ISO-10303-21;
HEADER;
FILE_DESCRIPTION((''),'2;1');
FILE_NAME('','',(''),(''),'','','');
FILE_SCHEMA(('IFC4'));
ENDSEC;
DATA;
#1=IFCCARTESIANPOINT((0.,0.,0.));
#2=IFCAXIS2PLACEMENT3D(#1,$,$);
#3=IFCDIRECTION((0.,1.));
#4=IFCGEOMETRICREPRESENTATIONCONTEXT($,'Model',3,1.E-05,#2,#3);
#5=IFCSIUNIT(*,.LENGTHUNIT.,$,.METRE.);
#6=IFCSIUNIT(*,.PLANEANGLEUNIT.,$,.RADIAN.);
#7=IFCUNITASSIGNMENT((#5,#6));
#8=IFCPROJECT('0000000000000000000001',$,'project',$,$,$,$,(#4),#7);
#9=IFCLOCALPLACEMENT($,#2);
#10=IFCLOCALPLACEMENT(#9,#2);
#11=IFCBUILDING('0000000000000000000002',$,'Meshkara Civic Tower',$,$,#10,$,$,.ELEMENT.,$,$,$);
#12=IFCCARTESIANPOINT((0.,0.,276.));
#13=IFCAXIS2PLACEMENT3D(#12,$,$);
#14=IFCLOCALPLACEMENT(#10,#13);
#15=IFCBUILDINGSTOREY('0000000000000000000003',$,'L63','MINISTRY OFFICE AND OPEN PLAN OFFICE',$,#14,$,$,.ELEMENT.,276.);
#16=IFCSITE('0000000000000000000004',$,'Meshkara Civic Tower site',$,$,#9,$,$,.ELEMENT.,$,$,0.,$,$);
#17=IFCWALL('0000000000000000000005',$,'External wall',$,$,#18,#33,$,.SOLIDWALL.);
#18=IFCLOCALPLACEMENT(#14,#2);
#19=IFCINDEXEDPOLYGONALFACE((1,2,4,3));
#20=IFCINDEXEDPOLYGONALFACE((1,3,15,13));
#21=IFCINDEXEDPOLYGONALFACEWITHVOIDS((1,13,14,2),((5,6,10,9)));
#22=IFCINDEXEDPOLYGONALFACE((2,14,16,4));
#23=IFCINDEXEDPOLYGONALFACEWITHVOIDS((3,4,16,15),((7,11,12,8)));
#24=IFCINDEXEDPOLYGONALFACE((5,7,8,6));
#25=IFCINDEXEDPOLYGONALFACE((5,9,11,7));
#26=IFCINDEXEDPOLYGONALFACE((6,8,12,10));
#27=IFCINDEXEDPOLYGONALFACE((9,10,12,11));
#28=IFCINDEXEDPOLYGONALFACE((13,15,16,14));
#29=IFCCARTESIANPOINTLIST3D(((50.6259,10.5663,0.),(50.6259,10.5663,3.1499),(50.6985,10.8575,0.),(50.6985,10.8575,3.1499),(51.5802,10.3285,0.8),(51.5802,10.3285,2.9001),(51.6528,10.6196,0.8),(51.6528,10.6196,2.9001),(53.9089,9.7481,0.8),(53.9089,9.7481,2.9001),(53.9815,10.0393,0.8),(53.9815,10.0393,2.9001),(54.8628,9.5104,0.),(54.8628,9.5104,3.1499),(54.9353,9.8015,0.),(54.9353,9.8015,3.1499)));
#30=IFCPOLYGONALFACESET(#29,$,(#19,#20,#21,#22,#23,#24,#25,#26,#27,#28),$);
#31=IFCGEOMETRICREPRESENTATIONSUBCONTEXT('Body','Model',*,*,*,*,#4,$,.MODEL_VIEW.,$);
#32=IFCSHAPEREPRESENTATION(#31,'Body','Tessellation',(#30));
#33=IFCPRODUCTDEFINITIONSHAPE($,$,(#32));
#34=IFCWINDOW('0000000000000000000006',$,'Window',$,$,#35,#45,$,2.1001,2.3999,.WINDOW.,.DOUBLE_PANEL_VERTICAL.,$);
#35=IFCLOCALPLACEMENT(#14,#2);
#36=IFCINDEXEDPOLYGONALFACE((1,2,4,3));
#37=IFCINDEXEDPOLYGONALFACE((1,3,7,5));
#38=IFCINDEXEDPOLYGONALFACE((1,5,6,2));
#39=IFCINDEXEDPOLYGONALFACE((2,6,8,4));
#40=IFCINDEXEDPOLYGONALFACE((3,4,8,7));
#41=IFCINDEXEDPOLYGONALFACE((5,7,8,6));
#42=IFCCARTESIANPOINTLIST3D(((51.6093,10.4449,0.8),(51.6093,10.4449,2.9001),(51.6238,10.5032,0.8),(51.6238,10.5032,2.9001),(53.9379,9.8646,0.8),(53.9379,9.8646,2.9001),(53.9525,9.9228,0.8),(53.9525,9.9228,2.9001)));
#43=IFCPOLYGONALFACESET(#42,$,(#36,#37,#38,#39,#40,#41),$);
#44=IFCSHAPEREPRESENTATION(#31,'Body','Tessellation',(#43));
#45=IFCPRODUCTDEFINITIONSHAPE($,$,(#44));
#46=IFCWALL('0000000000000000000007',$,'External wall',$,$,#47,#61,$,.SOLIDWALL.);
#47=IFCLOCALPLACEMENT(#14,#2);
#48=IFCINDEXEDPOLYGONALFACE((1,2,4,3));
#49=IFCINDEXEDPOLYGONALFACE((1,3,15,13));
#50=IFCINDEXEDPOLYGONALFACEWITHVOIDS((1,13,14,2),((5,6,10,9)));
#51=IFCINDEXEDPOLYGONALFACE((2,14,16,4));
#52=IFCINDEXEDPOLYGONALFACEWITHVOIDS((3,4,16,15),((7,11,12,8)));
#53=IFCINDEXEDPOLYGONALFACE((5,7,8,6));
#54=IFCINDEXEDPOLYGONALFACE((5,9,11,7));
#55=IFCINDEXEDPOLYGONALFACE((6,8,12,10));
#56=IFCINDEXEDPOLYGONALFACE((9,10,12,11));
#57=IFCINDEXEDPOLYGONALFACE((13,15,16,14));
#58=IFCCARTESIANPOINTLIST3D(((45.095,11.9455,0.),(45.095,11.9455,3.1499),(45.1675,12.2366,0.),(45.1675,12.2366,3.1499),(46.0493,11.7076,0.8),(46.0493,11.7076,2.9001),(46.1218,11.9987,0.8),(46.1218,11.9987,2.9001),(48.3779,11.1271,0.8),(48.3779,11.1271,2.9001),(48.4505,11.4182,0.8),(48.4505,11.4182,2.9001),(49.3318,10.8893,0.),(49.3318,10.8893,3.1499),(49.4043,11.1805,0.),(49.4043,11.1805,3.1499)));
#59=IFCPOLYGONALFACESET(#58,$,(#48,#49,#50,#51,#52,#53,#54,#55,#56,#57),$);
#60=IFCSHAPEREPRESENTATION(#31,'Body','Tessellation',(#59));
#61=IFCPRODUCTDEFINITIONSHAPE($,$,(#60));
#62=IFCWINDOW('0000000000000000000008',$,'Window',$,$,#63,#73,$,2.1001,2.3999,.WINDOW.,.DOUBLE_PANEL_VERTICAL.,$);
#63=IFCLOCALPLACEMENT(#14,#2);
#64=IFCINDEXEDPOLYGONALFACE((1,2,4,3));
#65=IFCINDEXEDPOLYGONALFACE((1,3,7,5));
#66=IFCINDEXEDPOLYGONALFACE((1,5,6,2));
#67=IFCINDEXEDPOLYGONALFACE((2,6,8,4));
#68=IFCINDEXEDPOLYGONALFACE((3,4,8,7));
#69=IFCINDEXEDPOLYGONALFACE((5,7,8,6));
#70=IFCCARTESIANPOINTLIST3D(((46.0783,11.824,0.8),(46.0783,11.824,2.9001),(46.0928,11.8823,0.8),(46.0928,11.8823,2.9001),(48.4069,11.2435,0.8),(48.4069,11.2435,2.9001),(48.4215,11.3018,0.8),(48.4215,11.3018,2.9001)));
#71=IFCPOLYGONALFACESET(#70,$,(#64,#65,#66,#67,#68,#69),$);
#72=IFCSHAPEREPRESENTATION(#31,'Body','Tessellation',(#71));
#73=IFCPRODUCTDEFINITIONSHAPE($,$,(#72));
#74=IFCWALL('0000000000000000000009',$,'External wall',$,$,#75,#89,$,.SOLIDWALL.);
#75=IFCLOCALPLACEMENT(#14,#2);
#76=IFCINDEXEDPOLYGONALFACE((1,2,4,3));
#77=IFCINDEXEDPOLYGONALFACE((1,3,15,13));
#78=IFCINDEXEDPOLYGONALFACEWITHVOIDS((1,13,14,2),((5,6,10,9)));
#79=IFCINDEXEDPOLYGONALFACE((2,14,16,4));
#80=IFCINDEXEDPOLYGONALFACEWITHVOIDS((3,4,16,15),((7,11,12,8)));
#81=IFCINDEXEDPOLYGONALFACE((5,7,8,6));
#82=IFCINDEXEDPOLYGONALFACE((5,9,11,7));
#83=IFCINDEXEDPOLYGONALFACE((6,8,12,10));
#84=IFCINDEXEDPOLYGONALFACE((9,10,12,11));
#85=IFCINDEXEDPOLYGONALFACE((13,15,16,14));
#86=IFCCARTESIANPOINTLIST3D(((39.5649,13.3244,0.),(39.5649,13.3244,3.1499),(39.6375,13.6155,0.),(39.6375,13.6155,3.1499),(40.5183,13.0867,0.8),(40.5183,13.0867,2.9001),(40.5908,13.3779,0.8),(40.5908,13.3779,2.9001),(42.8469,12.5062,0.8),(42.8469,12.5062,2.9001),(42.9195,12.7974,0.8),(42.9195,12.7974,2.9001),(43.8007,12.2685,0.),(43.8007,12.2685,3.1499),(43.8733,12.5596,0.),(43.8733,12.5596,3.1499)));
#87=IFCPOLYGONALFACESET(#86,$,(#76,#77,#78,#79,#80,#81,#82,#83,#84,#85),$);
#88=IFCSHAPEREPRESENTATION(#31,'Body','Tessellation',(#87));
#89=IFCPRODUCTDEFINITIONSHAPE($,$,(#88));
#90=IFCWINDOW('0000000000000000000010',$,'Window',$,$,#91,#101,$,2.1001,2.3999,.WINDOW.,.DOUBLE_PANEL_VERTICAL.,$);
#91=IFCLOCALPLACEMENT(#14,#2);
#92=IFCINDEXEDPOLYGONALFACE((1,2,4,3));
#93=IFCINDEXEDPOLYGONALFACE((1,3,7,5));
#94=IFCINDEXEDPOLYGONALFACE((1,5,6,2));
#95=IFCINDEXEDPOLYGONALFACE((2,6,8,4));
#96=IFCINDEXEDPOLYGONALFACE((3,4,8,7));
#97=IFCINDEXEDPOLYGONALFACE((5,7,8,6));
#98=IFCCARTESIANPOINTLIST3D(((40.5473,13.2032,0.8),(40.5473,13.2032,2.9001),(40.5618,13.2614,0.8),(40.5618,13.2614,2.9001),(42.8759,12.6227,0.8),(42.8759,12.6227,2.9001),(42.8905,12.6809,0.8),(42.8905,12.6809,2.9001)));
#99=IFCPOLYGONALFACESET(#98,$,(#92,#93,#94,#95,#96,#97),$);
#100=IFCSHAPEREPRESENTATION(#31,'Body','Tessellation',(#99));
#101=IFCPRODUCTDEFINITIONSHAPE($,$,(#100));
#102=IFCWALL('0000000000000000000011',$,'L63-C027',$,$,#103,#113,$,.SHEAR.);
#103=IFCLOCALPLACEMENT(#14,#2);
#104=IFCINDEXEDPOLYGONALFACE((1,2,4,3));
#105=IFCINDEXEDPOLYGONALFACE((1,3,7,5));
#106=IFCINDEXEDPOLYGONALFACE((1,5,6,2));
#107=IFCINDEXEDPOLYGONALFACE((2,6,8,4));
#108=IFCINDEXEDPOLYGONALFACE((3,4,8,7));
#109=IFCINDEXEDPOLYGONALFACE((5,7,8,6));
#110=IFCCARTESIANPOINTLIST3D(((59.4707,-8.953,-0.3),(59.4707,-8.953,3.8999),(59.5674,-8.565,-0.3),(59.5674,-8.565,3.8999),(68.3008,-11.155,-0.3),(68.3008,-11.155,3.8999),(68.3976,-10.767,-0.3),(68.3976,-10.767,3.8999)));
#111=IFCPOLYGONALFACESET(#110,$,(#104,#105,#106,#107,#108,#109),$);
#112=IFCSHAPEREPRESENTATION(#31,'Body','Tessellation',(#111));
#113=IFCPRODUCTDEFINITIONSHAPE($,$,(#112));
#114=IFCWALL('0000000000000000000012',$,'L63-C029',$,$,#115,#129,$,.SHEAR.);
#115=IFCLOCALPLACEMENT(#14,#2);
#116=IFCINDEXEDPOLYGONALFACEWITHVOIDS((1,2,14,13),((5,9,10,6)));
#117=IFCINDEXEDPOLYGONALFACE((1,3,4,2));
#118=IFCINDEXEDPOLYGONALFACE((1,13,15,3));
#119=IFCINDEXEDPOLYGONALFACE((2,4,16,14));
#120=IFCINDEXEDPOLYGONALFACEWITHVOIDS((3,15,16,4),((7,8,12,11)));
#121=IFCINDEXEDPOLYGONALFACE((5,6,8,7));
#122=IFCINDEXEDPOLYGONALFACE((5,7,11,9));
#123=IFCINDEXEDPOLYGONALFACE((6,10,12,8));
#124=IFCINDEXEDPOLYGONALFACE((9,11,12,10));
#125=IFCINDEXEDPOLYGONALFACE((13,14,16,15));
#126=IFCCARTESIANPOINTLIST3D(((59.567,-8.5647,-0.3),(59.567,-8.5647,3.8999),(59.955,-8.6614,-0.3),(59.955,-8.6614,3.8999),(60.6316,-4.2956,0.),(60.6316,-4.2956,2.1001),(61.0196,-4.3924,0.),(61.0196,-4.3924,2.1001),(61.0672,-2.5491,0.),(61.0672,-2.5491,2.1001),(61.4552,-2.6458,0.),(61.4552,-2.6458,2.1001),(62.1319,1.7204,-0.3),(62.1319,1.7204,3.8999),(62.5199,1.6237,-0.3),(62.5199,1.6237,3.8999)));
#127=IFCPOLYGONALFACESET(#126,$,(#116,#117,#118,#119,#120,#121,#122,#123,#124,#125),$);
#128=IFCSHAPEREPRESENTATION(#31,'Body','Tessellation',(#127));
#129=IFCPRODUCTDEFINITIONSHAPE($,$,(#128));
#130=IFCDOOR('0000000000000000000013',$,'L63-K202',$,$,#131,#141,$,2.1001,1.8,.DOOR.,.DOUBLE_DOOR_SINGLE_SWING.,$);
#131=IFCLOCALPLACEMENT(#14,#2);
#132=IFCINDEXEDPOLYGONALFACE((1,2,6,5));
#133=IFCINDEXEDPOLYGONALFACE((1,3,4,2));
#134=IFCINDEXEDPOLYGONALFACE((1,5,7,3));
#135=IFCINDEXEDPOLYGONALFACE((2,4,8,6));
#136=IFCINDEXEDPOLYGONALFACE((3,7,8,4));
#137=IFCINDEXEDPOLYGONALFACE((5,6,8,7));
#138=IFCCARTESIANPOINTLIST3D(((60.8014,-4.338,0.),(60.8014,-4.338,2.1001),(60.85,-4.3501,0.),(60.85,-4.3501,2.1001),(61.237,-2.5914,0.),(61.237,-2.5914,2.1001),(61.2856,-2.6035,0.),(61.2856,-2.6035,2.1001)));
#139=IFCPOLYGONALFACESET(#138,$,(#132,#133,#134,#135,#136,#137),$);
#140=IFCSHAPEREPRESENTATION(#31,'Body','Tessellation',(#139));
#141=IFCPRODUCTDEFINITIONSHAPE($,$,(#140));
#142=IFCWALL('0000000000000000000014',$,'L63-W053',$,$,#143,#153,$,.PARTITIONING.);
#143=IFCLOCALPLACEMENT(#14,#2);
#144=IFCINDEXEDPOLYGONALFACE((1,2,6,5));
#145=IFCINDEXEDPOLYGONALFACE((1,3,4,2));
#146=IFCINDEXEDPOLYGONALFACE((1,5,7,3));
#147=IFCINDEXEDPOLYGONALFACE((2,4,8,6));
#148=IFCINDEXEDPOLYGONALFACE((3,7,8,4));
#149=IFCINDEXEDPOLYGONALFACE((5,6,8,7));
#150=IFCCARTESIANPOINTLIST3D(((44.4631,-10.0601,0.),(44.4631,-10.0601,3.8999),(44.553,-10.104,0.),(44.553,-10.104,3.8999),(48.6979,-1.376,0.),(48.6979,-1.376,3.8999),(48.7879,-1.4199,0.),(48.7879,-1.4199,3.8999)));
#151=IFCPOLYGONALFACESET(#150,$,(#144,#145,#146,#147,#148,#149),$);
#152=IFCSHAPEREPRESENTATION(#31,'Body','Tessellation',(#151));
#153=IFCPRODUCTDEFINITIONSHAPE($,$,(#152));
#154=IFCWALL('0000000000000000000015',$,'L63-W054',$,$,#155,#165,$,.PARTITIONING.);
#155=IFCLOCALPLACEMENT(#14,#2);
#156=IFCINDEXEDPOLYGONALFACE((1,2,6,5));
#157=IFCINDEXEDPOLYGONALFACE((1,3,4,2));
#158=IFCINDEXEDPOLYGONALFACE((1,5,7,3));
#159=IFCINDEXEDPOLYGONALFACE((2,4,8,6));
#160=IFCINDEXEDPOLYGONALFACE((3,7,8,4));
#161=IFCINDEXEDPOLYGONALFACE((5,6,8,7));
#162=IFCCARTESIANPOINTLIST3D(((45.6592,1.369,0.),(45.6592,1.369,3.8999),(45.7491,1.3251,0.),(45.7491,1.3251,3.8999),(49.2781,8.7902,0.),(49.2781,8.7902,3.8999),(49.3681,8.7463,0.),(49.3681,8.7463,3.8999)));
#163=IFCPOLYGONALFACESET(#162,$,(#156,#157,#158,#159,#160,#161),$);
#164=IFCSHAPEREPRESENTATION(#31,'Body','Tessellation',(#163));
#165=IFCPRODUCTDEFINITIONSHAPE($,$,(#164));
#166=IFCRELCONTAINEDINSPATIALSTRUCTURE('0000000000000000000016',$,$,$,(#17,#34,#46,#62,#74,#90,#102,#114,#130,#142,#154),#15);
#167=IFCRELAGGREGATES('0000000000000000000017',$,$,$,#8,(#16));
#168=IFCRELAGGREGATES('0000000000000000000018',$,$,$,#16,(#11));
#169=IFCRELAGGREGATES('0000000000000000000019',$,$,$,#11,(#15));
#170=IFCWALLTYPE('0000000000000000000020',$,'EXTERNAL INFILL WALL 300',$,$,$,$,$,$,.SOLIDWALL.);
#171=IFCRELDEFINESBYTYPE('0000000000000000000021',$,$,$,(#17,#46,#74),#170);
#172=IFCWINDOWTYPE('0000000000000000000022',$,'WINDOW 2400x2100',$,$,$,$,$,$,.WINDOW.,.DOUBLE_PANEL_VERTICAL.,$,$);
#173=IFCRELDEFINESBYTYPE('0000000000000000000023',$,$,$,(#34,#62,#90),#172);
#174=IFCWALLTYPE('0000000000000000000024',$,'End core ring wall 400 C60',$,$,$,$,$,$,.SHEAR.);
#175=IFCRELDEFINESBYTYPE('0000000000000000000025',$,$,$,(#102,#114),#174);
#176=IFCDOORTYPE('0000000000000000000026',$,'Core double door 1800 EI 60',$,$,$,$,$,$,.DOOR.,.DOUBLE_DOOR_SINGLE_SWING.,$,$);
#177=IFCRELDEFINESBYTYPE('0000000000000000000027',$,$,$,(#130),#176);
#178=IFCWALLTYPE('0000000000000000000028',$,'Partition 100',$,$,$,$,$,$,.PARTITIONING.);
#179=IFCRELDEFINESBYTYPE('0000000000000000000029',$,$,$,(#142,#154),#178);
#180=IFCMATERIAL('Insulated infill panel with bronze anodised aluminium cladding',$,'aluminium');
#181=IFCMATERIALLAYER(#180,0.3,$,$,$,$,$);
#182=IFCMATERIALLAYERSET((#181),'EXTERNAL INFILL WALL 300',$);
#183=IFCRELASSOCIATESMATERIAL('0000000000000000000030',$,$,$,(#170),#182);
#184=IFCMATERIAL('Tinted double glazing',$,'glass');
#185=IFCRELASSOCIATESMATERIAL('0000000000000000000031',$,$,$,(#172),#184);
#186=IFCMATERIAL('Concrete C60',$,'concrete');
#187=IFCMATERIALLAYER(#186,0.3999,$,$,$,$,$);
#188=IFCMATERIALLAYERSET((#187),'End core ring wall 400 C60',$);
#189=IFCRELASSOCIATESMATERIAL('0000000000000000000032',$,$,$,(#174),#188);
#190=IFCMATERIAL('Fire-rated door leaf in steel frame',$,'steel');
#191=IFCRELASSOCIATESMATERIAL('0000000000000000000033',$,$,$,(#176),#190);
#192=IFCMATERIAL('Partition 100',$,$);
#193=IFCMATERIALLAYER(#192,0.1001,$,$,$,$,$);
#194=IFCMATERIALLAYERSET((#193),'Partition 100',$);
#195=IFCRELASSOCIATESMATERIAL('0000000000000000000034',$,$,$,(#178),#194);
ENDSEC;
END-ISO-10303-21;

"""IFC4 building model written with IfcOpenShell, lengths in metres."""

from ifc_helpers import new_model, si_unit, direction, frame, frame_2d, origin, place, context, subcontext, project, spatial, rectangle, extrude, material, layer, layer_set, type_object, element, fill, save


model = new_model("IFC4")

# Units and contexts
model_context = context("Model", 3, precision=1e-05, world=origin(), true_north=direction((0.0, 1.0)))
body_context = subcontext(model_context, "Body", "Model", "MODEL_VIEW")
ifc_project = project(units=[si_unit("LENGTHUNIT", "METRE"), si_unit("PLANEANGLEUNIT", "RADIAN")], contexts=[model_context])

# Site, building, storey
site_placement = place(None, origin())
site = spatial("IfcSite", under=ifc_project, at=site_placement, Name="Meshkara Civic Tower site", CompositionType="ELEMENT", RefElevation=0.0)
building_placement = place(site_placement, origin())
building = spatial("IfcBuilding", under=site, at=building_placement, Name="Meshkara Civic Tower", CompositionType="ELEMENT")
storey_placement = place(building_placement, frame((0.0, 0.0, 276.0)))
storey = spatial("IfcBuildingStorey", under=building, at=storey_placement, Name="L63", Description="MINISTRY OFFICE AND OPEN PLAN OFFICE", CompositionType="ELEMENT", Elevation=276.0)

# Walls, openings, windows
ifc_material_1 = material(Name="Insulated infill panel with bronze anodised aluminium cladding", Category="aluminium")
ifc_layer_1 = layer(ifc_material_1, 0.3)
ifc_layer_set_1 = layer_set([ifc_layer_1], Name="EXTERNAL INFILL WALL 300")
wall_type_1 = type_object("IfcWallType", Name="EXTERNAL INFILL WALL 300", PredefinedType="SOLIDWALL", material=ifc_layer_set_1)
wall_1_placement = place(storey_placement, frame((54.8989, 9.656, 0.0), z_axis=(0.0, 0.0, 1.0), x_axis=(-0.97032, 0.241825, 0.0)))
wall_1 = element("IfcWall", 1, at=wall_1_placement, inside=storey, type_object=wall_type_1, Name="External wall", PredefinedType="SOLIDWALL", context=body_context, shape_type="SweptSolid", body=[
    extrude(rectangle(XDim=4.3665, YDim=0.3, at=frame_2d((2.1831, 0.0))), origin(), (0.0, 0.0, 1.0), 3.1499),
])
opening_1_placement = place(wall_1_placement, frame((0.9829, 0.0, 0.8)))
opening_1 = element("IfcOpeningElement", 2, at=opening_1_placement, cuts=wall_1, PredefinedType="OPENING", context=body_context, shape_type="SweptSolid", body=[
    extrude(rectangle(XDim=2.3999, YDim=2.1001, at=frame_2d((1.2, 1.05))), frame((0.0, 0.1599, 0.0), z_axis=(0.0, -1.0, 0.0), x_axis=(1.0, 0.0, 0.0)), (0.0, 0.0, 1.0), 0.3201),
])
ifc_material_2 = material(Name="Tinted double glazing", Category="glass")
window_type = type_object("IfcWindowType", Name="WINDOW 2400x2100", PartitioningType="DOUBLE_PANEL_VERTICAL", PredefinedType="WINDOW", material=ifc_material_2)
window_1_placement = place(opening_1_placement, origin())
window_1 = element("IfcWindow", 3, at=window_1_placement, inside=storey, type_object=window_type, Name="Window", OverallHeight=2.1001, OverallWidth=2.3999, PartitioningType="DOUBLE_PANEL_VERTICAL", PredefinedType="WINDOW", context=body_context, shape_type="SweptSolid", body=[
    extrude(rectangle(XDim=2.3999, YDim=2.1001, at=frame_2d((1.2, 1.05))), frame((0.0, 0.03, 0.0), z_axis=(0.0, -1.0, 0.0), x_axis=(1.0, 0.0, 0.0)), (0.0, 0.0, 1.0), 0.0601),
])
fill(opening_1, window_1)
wall_2_placement = place(storey_placement, frame((49.3679, 11.0349, 0.0), z_axis=(0.0, 0.0, 1.0), x_axis=(-0.970307, 0.241878, 0.0)))
wall_2 = element("IfcWall", 4, at=wall_2_placement, inside=storey, type_object=wall_type_1, Name="External wall", PredefinedType="SOLIDWALL", context=body_context, shape_type="SweptSolid", body=[
    extrude(rectangle(XDim=4.3665, YDim=0.3, at=frame_2d((2.1831, 0.0))), origin(), (0.0, 0.0, 1.0), 3.1499),
])
opening_2_placement = place(wall_2_placement, frame((0.9829, 0.0, 0.8)))
opening_2 = element("IfcOpeningElement", 5, at=opening_2_placement, cuts=wall_2, PredefinedType="OPENING", context=body_context, shape_type="SweptSolid", body=[
    extrude(rectangle(XDim=2.3999, YDim=2.1001, at=frame_2d((1.2, 1.05))), frame((0.0, 0.1599, 0.0), z_axis=(0.0, -1.0, 0.0), x_axis=(1.0, 0.0, 0.0)), (0.0, 0.0, 1.0), 0.3201),
])
window_2_placement = place(opening_2_placement, origin())
window_2 = element("IfcWindow", 6, at=window_2_placement, inside=storey, type_object=window_type, Name="Window", OverallHeight=2.1001, OverallWidth=2.3999, PartitioningType="DOUBLE_PANEL_VERTICAL", PredefinedType="WINDOW", context=body_context, shape_type="SweptSolid", body=[
    extrude(rectangle(XDim=2.3999, YDim=2.1001, at=frame_2d((1.2, 1.05))), frame((0.0, 0.03, 0.0), z_axis=(0.0, -1.0, 0.0), x_axis=(1.0, 0.0, 0.0)), (0.0, 0.0, 1.0), 0.0601),
])
fill(opening_2, window_2)
wall_3_placement = place(storey_placement, frame((43.8369, 12.4141, 0.0), z_axis=(0.0, 0.0, 1.0), x_axis=(-0.970307, 0.241878, 0.0)))
wall_3 = element("IfcWall", 7, at=wall_3_placement, inside=storey, type_object=wall_type_1, Name="External wall", PredefinedType="SOLIDWALL", context=body_context, shape_type="SweptSolid", body=[
    extrude(rectangle(XDim=4.3655, YDim=0.3, at=frame_2d((2.1826, 0.0))), origin(), (0.0, 0.0, 1.0), 3.1499),
])
opening_3_placement = place(wall_3_placement, frame((0.9829, 0.0, 0.8)))
opening_3 = element("IfcOpeningElement", 8, at=opening_3_placement, cuts=wall_3, PredefinedType="OPENING", context=body_context, shape_type="SweptSolid", body=[
    extrude(rectangle(XDim=2.3999, YDim=2.1001, at=frame_2d((1.2, 1.05))), frame((0.0, 0.1599, 0.0), z_axis=(0.0, -1.0, 0.0), x_axis=(1.0, 0.0, 0.0)), (0.0, 0.0, 1.0), 0.3201),
])
window_3_placement = place(opening_3_placement, origin())
window_3 = element("IfcWindow", 9, at=window_3_placement, inside=storey, type_object=window_type, Name="Window", OverallHeight=2.1001, OverallWidth=2.3999, PartitioningType="DOUBLE_PANEL_VERTICAL", PredefinedType="WINDOW", context=body_context, shape_type="SweptSolid", body=[
    extrude(rectangle(XDim=2.3999, YDim=2.1001, at=frame_2d((1.2, 1.05))), frame((0.0, 0.03, 0.0), z_axis=(0.0, -1.0, 0.0), x_axis=(1.0, 0.0, 0.0)), (0.0, 0.0, 1.0), 0.0601),
])
fill(opening_3, window_3)

# Wall
ifc_material_3 = material(Name="Concrete C60", Category="concrete")
ifc_layer_2 = layer(ifc_material_3, 0.3999)
ifc_layer_set_2 = layer_set([ifc_layer_2], Name="End core ring wall 400 C60")
wall_type_2 = type_object("IfcWallType", Name="End core ring wall 400 C60", PredefinedType="SHEAR", material=ifc_layer_set_2)
wall_4_placement = place(storey_placement, frame((59.519, -8.759, -0.3), z_axis=(0.0, 0.0, 1.0), x_axis=(0.970288, -0.241955, 0.0)))
element("IfcWall", 10, at=wall_4_placement, inside=storey, type_object=wall_type_2, Name="L63-C027", PredefinedType="SHEAR", context=body_context, shape_type="SweptSolid", body=[
    extrude(rectangle(XDim=9.1006, YDim=0.3999, at=frame_2d((4.5503, 0.0))), origin(), (0.0, 0.0, 1.0), 4.2),
])

# Wall, opening, door
wall_5_placement = place(storey_placement, frame((59.761, -8.613, -0.3), z_axis=(0.0, 0.0, 1.0), x_axis=(0.241972, 0.970283, 0.0)))
wall_5 = element("IfcWall", 11, at=wall_5_placement, inside=storey, type_object=wall_type_2, Name="L63-C029", PredefinedType="SHEAR", context=body_context, shape_type="SweptSolid", body=[
    extrude(rectangle(XDim=10.6001, YDim=0.3999, at=frame_2d((5.3, 0.0))), origin(), (0.0, 0.0, 1.0), 4.2),
])
opening_4_placement = place(wall_5_placement, frame((4.3999, 0.0, 0.3)))
opening_4 = element("IfcOpeningElement", 12, at=opening_4_placement, cuts=wall_5, PredefinedType="OPENING", context=body_context, shape_type="SweptSolid", body=[
    extrude(rectangle(XDim=1.8, YDim=2.1001, at=frame_2d((0.8999, 1.05))), frame((0.0, 0.21, 0.0), z_axis=(0.0, -1.0, 0.0), x_axis=(1.0, 0.0, 0.0)), (0.0, 0.0, 1.0), 0.4199),
])
ifc_material_4 = material(Name="Fire-rated door leaf in steel frame", Category="steel")
door_type_1 = type_object("IfcDoorType", Name="Core double door 1800 EI 60", OperationType="DOUBLE_DOOR_SINGLE_SWING", PredefinedType="DOOR", material=ifc_material_4)
door_1_placement = place(opening_4_placement, origin())
door_1 = element("IfcDoor", 13, at=door_1_placement, inside=storey, type_object=door_type_1, Name="L63-K202", OperationType="DOUBLE_DOOR_SINGLE_SWING", OverallHeight=2.1001, OverallWidth=1.8, PredefinedType="DOOR", context=body_context, shape_type="SweptSolid", body=[
    extrude(rectangle(XDim=1.8, YDim=2.1001, at=frame_2d((0.8999, 1.05))), frame((0.0, 0.0249, 0.0), z_axis=(0.0, -1.0, 0.0), x_axis=(1.0, 0.0, 0.0)), (0.0, 0.0, 1.0), 0.05),
])
fill(opening_4, door_1)

# Walls
ifc_material_5 = material(Name="Partition 100")
ifc_layer_3 = layer(ifc_material_5, 0.1001)
ifc_layer_set_3 = layer_set([ifc_layer_3], Name="Partition 100")
wall_type_3 = type_object("IfcWallType", Name="Partition 100", PredefinedType="PARTITIONING", material=ifc_layer_set_3)
wall_6_placement = place(storey_placement, frame((44.5081, -10.082, 0.0), z_axis=(0.0, 0.0, 1.0), x_axis=(0.438317, 0.89882, 0.0)))
element("IfcWall", 14, at=wall_6_placement, inside=storey, type_object=wall_type_3, Name="L63-W053", PredefinedType="PARTITIONING", context=body_context, shape_type="SweptSolid", body=[
    extrude(rectangle(XDim=9.6616, YDim=0.1001, at=frame_2d((4.8308, 0.0))), origin(), (0.0, 0.0, 1.0), 3.8999),
])
wall_7_placement = place(storey_placement, frame((45.7041, 1.3469, 0.0), z_axis=(0.0, 0.0, 1.0), x_axis=(0.438309, 0.898824, 0.0)))
element("IfcWall", 15, at=wall_7_placement, inside=storey, type_object=wall_type_3, Name="L63-W054", PredefinedType="PARTITIONING", context=body_context, shape_type="SweptSolid", body=[
    extrude(rectangle(XDim=8.2566, YDim=0.1001, at=frame_2d((4.1284, 0.0))), origin(), (0.0, 0.0, 1.0), 3.8999),
])

save(model, "model.ifc")
